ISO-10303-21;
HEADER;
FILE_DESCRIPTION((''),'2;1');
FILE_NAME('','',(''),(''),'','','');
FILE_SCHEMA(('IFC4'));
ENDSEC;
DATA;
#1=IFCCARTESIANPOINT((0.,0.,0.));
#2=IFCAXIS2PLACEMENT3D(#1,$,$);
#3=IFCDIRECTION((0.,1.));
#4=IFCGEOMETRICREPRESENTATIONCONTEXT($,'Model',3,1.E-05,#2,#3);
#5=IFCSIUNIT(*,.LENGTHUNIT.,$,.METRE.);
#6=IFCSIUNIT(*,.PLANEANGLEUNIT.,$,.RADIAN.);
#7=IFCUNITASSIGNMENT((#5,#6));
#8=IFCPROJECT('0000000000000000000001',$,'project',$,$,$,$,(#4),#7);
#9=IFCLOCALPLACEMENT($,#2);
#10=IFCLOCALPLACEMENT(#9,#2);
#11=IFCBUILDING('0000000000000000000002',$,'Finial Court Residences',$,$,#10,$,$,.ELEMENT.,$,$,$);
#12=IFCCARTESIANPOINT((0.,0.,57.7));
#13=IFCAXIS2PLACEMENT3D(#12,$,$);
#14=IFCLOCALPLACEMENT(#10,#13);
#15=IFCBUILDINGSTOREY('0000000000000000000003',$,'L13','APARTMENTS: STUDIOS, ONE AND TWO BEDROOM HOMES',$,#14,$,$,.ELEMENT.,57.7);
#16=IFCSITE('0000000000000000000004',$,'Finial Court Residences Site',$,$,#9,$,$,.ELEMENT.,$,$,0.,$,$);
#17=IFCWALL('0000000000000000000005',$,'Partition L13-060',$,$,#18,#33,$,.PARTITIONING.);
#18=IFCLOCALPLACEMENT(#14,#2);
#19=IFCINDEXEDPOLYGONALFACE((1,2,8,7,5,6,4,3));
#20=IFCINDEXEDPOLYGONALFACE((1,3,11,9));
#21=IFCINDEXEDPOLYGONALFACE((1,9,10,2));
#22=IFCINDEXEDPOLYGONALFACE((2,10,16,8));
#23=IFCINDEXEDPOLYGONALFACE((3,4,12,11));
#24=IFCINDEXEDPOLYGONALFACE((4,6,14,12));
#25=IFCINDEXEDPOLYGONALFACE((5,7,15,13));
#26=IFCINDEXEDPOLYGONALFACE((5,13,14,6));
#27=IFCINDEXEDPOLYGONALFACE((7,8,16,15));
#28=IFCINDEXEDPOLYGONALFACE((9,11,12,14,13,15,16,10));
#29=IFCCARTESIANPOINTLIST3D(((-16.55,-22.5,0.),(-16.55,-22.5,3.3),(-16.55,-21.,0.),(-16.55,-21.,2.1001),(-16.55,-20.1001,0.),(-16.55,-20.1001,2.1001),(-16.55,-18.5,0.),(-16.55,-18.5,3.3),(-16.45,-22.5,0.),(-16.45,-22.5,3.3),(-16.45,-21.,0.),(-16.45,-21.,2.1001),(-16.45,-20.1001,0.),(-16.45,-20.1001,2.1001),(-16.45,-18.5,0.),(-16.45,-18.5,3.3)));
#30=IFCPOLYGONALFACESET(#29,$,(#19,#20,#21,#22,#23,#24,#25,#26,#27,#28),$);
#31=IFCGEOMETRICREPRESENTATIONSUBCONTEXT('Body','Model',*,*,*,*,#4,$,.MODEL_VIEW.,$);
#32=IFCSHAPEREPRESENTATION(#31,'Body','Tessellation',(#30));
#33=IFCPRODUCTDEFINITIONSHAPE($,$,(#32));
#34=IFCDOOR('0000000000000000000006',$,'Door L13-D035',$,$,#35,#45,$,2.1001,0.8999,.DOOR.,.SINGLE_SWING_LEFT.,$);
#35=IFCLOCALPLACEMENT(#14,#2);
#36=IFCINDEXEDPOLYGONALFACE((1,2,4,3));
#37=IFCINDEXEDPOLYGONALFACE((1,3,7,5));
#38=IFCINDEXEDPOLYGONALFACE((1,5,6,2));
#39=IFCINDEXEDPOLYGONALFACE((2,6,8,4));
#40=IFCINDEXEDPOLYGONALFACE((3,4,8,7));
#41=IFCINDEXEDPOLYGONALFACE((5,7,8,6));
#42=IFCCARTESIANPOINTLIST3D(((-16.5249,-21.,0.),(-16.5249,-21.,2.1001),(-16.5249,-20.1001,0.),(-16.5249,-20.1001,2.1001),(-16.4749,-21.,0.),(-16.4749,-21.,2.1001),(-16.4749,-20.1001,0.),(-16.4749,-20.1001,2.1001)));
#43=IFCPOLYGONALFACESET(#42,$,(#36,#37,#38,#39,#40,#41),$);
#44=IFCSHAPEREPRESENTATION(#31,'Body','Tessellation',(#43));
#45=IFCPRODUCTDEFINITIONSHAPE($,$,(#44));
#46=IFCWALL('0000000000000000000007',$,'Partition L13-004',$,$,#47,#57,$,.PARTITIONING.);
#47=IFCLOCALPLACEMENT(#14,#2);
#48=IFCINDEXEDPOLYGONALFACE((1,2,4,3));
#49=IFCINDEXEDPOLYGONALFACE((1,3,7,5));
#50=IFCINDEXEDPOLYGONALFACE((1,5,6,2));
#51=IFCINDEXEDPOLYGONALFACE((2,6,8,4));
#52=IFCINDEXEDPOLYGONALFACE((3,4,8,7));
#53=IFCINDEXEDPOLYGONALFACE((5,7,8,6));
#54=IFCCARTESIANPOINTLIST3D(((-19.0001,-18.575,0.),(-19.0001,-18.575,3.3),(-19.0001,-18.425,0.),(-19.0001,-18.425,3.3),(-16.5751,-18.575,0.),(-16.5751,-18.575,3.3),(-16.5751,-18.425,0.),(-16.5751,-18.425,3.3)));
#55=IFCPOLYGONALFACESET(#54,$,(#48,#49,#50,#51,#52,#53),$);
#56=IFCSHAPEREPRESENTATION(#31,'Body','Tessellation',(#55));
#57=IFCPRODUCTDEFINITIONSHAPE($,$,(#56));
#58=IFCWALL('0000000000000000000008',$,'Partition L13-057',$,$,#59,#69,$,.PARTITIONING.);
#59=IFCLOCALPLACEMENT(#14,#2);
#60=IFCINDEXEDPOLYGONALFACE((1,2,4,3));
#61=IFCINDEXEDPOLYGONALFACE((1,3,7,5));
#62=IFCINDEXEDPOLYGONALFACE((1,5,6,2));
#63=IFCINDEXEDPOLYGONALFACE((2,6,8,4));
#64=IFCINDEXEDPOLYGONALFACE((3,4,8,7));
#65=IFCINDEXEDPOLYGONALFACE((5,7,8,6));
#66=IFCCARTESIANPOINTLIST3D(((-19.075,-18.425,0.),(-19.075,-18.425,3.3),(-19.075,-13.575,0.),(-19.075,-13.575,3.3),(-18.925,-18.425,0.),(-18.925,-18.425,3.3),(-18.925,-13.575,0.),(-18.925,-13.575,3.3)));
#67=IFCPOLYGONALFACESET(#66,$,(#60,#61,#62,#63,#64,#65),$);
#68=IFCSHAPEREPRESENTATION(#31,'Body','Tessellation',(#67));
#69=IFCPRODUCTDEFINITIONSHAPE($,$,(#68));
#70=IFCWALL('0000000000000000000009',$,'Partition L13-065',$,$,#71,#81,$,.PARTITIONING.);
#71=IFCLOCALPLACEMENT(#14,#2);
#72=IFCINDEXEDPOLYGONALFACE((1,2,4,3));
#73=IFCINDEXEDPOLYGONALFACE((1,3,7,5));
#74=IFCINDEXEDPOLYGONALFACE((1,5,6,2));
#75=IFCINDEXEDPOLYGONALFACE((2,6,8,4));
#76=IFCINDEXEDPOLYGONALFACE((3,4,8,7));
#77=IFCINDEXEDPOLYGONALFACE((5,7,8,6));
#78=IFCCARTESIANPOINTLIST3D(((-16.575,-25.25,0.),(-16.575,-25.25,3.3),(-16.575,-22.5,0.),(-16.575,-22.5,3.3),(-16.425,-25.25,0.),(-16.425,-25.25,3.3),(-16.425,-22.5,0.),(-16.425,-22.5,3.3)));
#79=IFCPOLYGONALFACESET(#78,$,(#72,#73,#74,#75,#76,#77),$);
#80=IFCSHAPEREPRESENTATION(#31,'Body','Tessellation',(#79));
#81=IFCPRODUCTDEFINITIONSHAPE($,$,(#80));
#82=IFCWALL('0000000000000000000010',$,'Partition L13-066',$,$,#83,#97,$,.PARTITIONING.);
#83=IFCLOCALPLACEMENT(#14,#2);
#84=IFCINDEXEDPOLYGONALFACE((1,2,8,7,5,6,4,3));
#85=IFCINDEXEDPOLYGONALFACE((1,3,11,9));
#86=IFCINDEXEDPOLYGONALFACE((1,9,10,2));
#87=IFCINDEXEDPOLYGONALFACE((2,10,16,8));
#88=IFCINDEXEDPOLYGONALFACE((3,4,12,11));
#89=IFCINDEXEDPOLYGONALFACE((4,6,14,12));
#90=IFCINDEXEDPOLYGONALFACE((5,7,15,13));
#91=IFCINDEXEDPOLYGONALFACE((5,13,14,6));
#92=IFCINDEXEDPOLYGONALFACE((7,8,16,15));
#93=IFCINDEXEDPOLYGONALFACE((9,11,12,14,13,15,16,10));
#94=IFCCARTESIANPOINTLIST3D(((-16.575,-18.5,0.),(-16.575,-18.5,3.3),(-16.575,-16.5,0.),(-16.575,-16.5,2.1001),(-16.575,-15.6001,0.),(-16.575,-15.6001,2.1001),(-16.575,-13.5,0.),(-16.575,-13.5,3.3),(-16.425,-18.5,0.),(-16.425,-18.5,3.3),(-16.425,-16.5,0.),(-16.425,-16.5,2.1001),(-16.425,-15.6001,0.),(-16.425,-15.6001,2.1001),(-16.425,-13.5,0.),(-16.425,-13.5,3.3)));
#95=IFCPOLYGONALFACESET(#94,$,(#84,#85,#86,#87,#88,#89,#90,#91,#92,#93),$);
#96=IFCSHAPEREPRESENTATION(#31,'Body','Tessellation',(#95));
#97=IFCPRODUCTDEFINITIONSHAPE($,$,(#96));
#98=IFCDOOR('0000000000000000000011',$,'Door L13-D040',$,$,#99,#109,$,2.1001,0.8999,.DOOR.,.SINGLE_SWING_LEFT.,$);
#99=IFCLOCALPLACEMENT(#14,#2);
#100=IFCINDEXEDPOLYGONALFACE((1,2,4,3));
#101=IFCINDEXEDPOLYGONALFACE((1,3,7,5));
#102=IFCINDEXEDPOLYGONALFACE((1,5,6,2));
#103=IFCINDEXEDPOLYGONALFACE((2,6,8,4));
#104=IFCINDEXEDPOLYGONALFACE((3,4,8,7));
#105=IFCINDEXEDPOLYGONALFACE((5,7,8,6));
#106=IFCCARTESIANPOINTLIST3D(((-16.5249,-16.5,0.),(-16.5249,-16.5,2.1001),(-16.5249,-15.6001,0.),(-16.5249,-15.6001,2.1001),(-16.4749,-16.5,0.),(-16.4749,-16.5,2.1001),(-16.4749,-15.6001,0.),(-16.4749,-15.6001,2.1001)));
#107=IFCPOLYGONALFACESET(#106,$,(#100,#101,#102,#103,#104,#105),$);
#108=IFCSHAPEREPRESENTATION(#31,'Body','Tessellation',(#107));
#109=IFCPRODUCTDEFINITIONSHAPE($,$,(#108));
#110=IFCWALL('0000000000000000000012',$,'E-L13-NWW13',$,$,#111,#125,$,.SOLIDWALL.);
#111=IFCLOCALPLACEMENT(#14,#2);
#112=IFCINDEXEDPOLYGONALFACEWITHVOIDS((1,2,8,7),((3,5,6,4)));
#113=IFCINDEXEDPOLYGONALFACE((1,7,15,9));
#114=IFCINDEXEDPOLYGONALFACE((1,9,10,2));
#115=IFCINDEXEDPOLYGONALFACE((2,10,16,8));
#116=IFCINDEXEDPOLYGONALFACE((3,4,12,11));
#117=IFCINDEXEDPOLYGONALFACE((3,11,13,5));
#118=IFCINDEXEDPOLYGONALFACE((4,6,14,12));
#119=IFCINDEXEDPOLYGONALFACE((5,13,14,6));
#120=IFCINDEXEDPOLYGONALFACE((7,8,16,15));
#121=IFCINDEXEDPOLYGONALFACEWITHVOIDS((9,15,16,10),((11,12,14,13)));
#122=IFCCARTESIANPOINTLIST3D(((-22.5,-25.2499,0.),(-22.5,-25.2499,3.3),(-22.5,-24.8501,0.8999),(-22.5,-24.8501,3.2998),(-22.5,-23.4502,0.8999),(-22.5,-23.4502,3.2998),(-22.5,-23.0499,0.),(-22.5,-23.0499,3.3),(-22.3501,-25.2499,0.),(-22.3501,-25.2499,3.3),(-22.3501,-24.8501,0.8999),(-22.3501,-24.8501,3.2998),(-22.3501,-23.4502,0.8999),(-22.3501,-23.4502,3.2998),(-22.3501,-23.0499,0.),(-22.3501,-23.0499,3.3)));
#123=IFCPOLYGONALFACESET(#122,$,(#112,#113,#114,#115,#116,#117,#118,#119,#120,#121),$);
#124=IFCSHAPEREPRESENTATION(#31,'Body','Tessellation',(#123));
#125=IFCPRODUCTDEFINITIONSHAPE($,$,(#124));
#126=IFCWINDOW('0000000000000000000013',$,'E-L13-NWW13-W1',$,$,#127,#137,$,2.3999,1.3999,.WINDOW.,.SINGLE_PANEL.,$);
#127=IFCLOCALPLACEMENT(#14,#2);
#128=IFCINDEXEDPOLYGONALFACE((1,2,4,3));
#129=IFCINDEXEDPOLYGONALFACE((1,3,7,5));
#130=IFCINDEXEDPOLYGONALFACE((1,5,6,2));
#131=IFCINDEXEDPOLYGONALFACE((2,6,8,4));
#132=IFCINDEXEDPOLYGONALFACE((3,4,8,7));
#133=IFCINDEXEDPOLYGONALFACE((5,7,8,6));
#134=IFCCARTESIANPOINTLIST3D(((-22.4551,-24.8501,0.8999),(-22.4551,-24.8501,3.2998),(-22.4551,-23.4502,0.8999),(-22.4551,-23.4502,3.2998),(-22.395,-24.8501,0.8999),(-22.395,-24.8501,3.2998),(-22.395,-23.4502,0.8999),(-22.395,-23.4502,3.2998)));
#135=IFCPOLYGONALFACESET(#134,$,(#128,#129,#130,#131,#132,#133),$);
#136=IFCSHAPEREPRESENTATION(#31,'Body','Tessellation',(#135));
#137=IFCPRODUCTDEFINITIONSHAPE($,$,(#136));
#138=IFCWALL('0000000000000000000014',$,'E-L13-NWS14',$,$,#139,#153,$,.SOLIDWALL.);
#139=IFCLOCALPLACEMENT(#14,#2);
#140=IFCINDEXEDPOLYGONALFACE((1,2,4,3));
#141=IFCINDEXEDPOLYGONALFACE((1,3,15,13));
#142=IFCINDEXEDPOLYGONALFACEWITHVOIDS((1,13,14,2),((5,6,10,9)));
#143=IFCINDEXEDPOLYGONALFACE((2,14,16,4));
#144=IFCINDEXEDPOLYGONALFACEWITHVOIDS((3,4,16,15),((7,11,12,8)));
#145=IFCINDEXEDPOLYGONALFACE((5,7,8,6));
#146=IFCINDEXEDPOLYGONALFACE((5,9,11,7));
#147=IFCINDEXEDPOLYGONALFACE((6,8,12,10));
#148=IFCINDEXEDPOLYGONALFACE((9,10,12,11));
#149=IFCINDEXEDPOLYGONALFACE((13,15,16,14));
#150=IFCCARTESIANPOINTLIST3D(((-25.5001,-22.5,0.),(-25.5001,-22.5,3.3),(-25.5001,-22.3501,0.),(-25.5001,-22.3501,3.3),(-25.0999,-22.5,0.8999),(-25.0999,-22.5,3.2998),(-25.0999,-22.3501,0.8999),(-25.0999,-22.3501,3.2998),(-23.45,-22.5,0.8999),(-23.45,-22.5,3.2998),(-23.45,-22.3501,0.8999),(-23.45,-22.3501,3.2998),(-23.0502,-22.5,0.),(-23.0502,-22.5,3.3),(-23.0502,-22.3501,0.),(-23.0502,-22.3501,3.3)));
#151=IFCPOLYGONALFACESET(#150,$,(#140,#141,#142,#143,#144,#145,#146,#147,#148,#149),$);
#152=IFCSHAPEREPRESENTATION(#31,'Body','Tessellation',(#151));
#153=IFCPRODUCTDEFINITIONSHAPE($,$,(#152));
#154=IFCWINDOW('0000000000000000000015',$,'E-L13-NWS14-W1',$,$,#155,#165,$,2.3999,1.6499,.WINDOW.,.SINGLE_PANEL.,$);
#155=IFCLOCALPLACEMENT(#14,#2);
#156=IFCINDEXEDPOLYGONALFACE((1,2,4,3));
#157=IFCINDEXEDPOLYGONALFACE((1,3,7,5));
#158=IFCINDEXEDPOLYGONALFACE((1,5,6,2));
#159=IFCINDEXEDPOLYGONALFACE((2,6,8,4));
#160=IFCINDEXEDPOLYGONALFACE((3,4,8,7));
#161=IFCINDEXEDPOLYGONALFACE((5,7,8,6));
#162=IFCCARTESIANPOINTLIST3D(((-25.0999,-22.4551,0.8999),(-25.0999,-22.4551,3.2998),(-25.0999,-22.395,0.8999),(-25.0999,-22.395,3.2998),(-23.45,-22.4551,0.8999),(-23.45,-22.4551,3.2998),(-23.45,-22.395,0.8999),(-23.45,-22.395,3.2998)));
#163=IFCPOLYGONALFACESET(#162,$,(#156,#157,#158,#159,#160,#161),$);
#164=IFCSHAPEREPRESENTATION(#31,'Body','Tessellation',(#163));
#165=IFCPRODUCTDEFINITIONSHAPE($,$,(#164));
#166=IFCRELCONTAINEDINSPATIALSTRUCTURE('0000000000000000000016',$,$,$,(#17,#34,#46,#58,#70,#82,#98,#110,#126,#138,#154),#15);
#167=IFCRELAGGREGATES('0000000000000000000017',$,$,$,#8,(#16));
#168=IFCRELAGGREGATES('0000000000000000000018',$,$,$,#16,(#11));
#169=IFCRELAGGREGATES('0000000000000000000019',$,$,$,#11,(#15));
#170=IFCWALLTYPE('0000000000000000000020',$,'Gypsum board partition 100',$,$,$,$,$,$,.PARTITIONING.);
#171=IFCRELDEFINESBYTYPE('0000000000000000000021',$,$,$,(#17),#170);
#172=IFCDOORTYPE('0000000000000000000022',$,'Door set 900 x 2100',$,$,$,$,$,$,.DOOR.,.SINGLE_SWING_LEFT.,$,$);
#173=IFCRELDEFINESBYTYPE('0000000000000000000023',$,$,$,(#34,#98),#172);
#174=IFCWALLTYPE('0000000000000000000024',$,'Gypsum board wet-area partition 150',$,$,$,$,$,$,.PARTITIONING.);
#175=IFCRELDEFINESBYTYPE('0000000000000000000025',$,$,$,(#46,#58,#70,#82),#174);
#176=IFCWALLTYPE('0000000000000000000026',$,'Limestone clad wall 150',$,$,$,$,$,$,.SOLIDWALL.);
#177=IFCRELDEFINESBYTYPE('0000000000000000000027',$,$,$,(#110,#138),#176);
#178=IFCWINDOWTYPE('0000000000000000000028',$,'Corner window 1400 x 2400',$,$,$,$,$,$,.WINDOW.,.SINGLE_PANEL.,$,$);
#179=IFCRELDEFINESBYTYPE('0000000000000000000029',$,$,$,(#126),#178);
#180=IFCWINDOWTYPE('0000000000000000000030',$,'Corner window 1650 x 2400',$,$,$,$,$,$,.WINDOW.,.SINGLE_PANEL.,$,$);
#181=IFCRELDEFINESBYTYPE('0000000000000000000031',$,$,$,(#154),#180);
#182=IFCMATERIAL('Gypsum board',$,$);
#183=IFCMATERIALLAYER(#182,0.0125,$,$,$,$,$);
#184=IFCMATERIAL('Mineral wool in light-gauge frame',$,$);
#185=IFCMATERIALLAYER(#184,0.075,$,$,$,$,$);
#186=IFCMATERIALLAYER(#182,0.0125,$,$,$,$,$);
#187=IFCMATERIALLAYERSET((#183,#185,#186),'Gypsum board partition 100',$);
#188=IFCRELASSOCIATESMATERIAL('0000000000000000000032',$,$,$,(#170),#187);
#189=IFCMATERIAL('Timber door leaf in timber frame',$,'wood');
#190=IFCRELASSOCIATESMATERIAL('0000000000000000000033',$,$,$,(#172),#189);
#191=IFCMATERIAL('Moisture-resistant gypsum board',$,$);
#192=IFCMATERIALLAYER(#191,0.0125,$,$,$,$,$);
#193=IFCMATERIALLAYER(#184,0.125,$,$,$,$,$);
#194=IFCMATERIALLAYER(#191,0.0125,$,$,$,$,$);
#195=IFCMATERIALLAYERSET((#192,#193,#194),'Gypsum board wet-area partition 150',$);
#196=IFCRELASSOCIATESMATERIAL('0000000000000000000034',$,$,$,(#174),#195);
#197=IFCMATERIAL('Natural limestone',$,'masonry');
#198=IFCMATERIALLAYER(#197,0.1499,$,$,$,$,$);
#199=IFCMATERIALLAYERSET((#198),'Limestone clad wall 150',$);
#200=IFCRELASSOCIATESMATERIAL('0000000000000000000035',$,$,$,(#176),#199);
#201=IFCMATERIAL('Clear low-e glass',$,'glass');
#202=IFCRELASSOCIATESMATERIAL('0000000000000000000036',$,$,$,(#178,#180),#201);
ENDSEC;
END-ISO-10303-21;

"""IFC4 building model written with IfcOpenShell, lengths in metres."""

from ifc_helpers import new_model, si_unit, direction, frame, frame_2d, origin, place, context, subcontext, project, spatial, rectangle, extrude, material, layer, layer_set, type_object, element, fill, save


model = new_model("IFC4")

# Units and contexts
model_context = context("Model", 3, precision=1e-05, world=origin(), true_north=direction((0.0, 1.0)))
body_context = subcontext(model_context, "Body", "Model", "MODEL_VIEW")
ifc_project = project(units=[si_unit("LENGTHUNIT", "METRE"), si_unit("PLANEANGLEUNIT", "RADIAN")], contexts=[model_context])

# Site, building, storey
site_placement = place(None, origin())
site = spatial("IfcSite", under=ifc_project, at=site_placement, Name="Finial Court Residences Site", CompositionType="ELEMENT", RefElevation=0.0)
building_placement = place(site_placement, origin())
building = spatial("IfcBuilding", under=site, at=building_placement, Name="Finial Court Residences", CompositionType="ELEMENT")
storey_placement = place(building_placement, frame((0.0, 0.0, 57.7)))
storey = spatial("IfcBuildingStorey", under=building, at=storey_placement, Name="L13", Description="APARTMENTS: STUDIOS, ONE AND TWO BEDROOM HOMES", CompositionType="ELEMENT", Elevation=57.7)

# Shared definitions
ifc_material_1 = material(Name="Clear low-e glass", Category="glass")

# Wall, opening, door
ifc_material_2 = material(Name="Gypsum board")
ifc_layer_1 = layer(ifc_material_2, 0.0125)
ifc_material_3 = material(Name="Mineral wool in light-gauge frame")
ifc_layer_2 = layer(ifc_material_3, 0.075)
ifc_layer_3 = layer(ifc_material_2, 0.0125)
ifc_layer_set_1 = layer_set([ifc_layer_1, ifc_layer_2, ifc_layer_3], Name="Gypsum board partition 100")
wall_type_1 = type_object("IfcWallType", Name="Gypsum board partition 100", PredefinedType="PARTITIONING", material=ifc_layer_set_1)
ifc_material_4 = material(Name="Timber door leaf in timber frame", Category="wood")
door_type = type_object("IfcDoorType", Name="Door set 900 x 2100", OperationType="SINGLE_SWING_LEFT", PredefinedType="DOOR", material=ifc_material_4)
wall_1_placement = place(storey_placement, frame((-16.5, -22.5, 0.0), z_axis=(0.0, 0.0, 1.0), x_axis=(0.0, 1.0, 0.0)))
wall_1 = element("IfcWall", 1, at=wall_1_placement, inside=storey, type_object=wall_type_1, Name="Partition L13-060", PredefinedType="PARTITIONING", context=body_context, shape_type="SweptSolid", body=[
    extrude(rectangle(XDim=4.0, YDim=0.1001, at=frame_2d((2.0, 0.0))), origin(), (0.0, 0.0, 1.0), 3.3),
])
opening_1_placement = place(wall_1_placement, frame((1.5, 0.0, 0.0)))
opening_1 = element("IfcOpeningElement", 2, at=opening_1_placement, cuts=wall_1, PredefinedType="OPENING", context=body_context, shape_type="SweptSolid", body=[
    extrude(rectangle(XDim=0.8999, YDim=2.1001, at=frame_2d((0.45, 1.05))), frame((0.0, 0.0601, 0.0), z_axis=(0.0, -1.0, 0.0), x_axis=(1.0, 0.0, 0.0)), (0.0, 0.0, 1.0), 0.1201),
])
door_1_placement = place(opening_1_placement, origin())
door_1 = element("IfcDoor", 3, at=door_1_placement, inside=storey, type_object=door_type, Name="Door L13-D035", OperationType="SINGLE_SWING_LEFT", OverallHeight=2.1001, OverallWidth=0.8999, PredefinedType="DOOR", context=body_context, shape_type="SweptSolid", body=[
    extrude(rectangle(XDim=0.8999, YDim=2.1001, at=frame_2d((0.45, 1.05))), frame((0.0, 0.0249, 0.0), z_axis=(0.0, -1.0, 0.0), x_axis=(1.0, 0.0, 0.0)), (0.0, 0.0, 1.0), 0.05),
])
fill(opening_1, door_1)

# Walls
ifc_material_5 = material(Name="Moisture-resistant gypsum board")
ifc_layer_4 = layer(ifc_material_5, 0.0125)
ifc_layer_5 = layer(ifc_material_3, 0.125)
ifc_layer_6 = layer(ifc_material_5, 0.0125)
ifc_layer_set_2 = layer_set([ifc_layer_4, ifc_layer_5, ifc_layer_6], Name="Gypsum board wet-area partition 150")
wall_type_2 = type_object("IfcWallType", Name="Gypsum board wet-area partition 150", PredefinedType="PARTITIONING", material=ifc_layer_set_2)
wall_2_placement = place(storey_placement, frame((-19.0, -18.5, 0.0), z_axis=(0.0, 0.0, 1.0), x_axis=(1.0, 0.0, 0.0)))
element("IfcWall", 4, at=wall_2_placement, inside=storey, type_object=wall_type_2, Name="Partition L13-004", PredefinedType="PARTITIONING", context=body_context, shape_type="SweptSolid", body=[
    extrude(rectangle(XDim=2.425, YDim=0.1499, at=frame_2d((1.2124, 0.0))), origin(), (0.0, 0.0, 1.0), 3.3),
])
wall_3_placement = place(storey_placement, frame((-19.0, -18.425, 0.0), z_axis=(0.0, 0.0, 1.0), x_axis=(0.0, 1.0, 0.0)))
element("IfcWall", 5, at=wall_3_placement, inside=storey, type_object=wall_type_2, Name="Partition L13-057", PredefinedType="PARTITIONING", context=body_context, shape_type="SweptSolid", body=[
    extrude(rectangle(XDim=4.8501, YDim=0.1499, at=frame_2d((2.425, 0.0))), origin(), (0.0, 0.0, 1.0), 3.3),
])
wall_4_placement = place(storey_placement, frame((-16.5, -25.25, 0.0), z_axis=(0.0, 0.0, 1.0), x_axis=(0.0, 1.0, 0.0)))
element("IfcWall", 6, at=wall_4_placement, inside=storey, type_object=wall_type_2, Name="Partition L13-065", PredefinedType="PARTITIONING", context=body_context, shape_type="SweptSolid", body=[
    extrude(rectangle(XDim=2.75, YDim=0.1499, at=frame_2d((1.375, 0.0))), origin(), (0.0, 0.0, 1.0), 3.3),
])

# Wall, opening, door
wall_5_placement = place(storey_placement, frame((-16.5, -18.5, 0.0), z_axis=(0.0, 0.0, 1.0), x_axis=(0.0, 1.0, 0.0)))
wall_5 = element("IfcWall", 7, at=wall_5_placement, inside=storey, type_object=wall_type_2, Name="Partition L13-066", PredefinedType="PARTITIONING", context=body_context, shape_type="SweptSolid", body=[
    extrude(rectangle(XDim=5.0, YDim=0.1499, at=frame_2d((2.5, 0.0))), origin(), (0.0, 0.0, 1.0), 3.3),
])
opening_2_placement = place(wall_5_placement, frame((2.0, 0.0, 0.0)))
opening_2 = element("IfcOpeningElement", 8, at=opening_2_placement, cuts=wall_5, PredefinedType="OPENING", context=body_context, shape_type="SweptSolid", body=[
    extrude(rectangle(XDim=0.8999, YDim=2.1001, at=frame_2d((0.45, 1.05))), frame((0.0, 0.085, 0.0), z_axis=(0.0, -1.0, 0.0), x_axis=(1.0, 0.0, 0.0)), (0.0, 0.0, 1.0), 0.1699),
])
door_2_placement = place(opening_2_placement, origin())
door_2 = element("IfcDoor", 9, at=door_2_placement, inside=storey, type_object=door_type, Name="Door L13-D040", OperationType="SINGLE_SWING_LEFT", OverallHeight=2.1001, OverallWidth=0.8999, PredefinedType="DOOR", context=body_context, shape_type="SweptSolid", body=[
    extrude(rectangle(XDim=0.8999, YDim=2.1001, at=frame_2d((0.45, 1.05))), frame((0.0, 0.0249, 0.0), z_axis=(0.0, -1.0, 0.0), x_axis=(1.0, 0.0, 0.0)), (0.0, 0.0, 1.0), 0.05),
])
fill(opening_2, door_2)

# Walls, openings, windows
ifc_material_6 = material(Name="Natural limestone", Category="masonry")
ifc_layer_7 = layer(ifc_material_6, 0.1499)
ifc_layer_set_3 = layer_set([ifc_layer_7], Name="Limestone clad wall 150")
wall_type_3 = type_object("IfcWallType", Name="Limestone clad wall 150", PredefinedType="SOLIDWALL", material=ifc_layer_set_3)
wall_6_placement = place(storey_placement, frame((-22.425, -25.25, 0.0), z_axis=(0.0, 0.0, 1.0), x_axis=(0.0, 1.0, 0.0)))
wall_6 = element("IfcWall", 10, at=wall_6_placement, inside=storey, type_object=wall_type_3, Name="E-L13-NWW13", PredefinedType="SOLIDWALL", context=body_context, shape_type="SweptSolid", body=[
    extrude(rectangle(XDim=2.2, YDim=0.1499, at=frame_2d((1.1001, 0.0))), origin(), (0.0, 0.0, 1.0), 3.3),
])
opening_3_placement = place(wall_6_placement, frame((0.3999, 0.0, 0.8999)))
opening_3 = element("IfcOpeningElement", 11, at=opening_3_placement, cuts=wall_6, PredefinedType="OPENING", context=body_context, shape_type="SweptSolid", body=[
    extrude(rectangle(XDim=1.3999, YDim=2.3999, at=frame_2d((0.7, 1.2))), frame((0.0, 0.085, 0.0), z_axis=(0.0, -1.0, 0.0), x_axis=(1.0, 0.0, 0.0)), (0.0, 0.0, 1.0), 0.1699),
])
window_type_1 = type_object("IfcWindowType", Name="Corner window 1400 x 2400", PartitioningType="SINGLE_PANEL", PredefinedType="WINDOW", material=ifc_material_1)
window_1_placement = place(opening_3_placement, origin())
window_1 = element("IfcWindow", 12, at=window_1_placement, inside=storey, type_object=window_type_1, Name="E-L13-NWW13-W1", OverallHeight=2.3999, OverallWidth=1.3999, PartitioningType="SINGLE_PANEL", PredefinedType="WINDOW", context=body_context, shape_type="SweptSolid", body=[
    extrude(rectangle(XDim=1.3999, YDim=2.3999, at=frame_2d((0.7, 1.2))), frame((0.0, 0.03, 0.0), z_axis=(0.0, -1.0, 0.0), x_axis=(1.0, 0.0, 0.0)), (0.0, 0.0, 1.0), 0.0601),
])
fill(opening_3, window_1)
wall_7_placement = place(storey_placement, frame((-23.05, -22.425, 0.0), z_axis=(0.0, 0.0, 1.0), x_axis=(-1.0, 0.0, 0.0)))
wall_7 = element("IfcWall", 13, at=wall_7_placement, inside=storey, type_object=wall_type_3, Name="E-L13-NWS14", PredefinedType="SOLIDWALL", context=body_context, shape_type="SweptSolid", body=[
    extrude(rectangle(XDim=2.45, YDim=0.1499, at=frame_2d((1.2251, 0.0))), origin(), (0.0, 0.0, 1.0), 3.3),
])
opening_4_placement = place(wall_7_placement, frame((0.3999, 0.0, 0.8999)))
opening_4 = element("IfcOpeningElement", 14, at=opening_4_placement, cuts=wall_7, PredefinedType="OPENING", context=body_context, shape_type="SweptSolid", body=[
    extrude(rectangle(XDim=1.6499, YDim=2.3999, at=frame_2d((0.825, 1.2))), frame((0.0, 0.085, 0.0), z_axis=(0.0, -1.0, 0.0), x_axis=(1.0, 0.0, 0.0)), (0.0, 0.0, 1.0), 0.1699),
])
window_type_2 = type_object("IfcWindowType", Name="Corner window 1650 x 2400", PartitioningType="SINGLE_PANEL", PredefinedType="WINDOW", material=ifc_material_1)
window_2_placement = place(opening_4_placement, origin())
window_2 = element("IfcWindow", 15, at=window_2_placement, inside=storey, type_object=window_type_2, Name="E-L13-NWS14-W1", OverallHeight=2.3999, OverallWidth=1.6499, PartitioningType="SINGLE_PANEL", PredefinedType="WINDOW", context=body_context, shape_type="SweptSolid", body=[
    extrude(rectangle(XDim=1.6499, YDim=2.3999, at=frame_2d((0.825, 1.2))), frame((0.0, 0.03, 0.0), z_axis=(0.0, -1.0, 0.0), x_axis=(1.0, 0.0, 0.0)), (0.0, 0.0, 1.0), 0.0601),
])
fill(opening_4, window_2)

save(model, "model.ifc")
